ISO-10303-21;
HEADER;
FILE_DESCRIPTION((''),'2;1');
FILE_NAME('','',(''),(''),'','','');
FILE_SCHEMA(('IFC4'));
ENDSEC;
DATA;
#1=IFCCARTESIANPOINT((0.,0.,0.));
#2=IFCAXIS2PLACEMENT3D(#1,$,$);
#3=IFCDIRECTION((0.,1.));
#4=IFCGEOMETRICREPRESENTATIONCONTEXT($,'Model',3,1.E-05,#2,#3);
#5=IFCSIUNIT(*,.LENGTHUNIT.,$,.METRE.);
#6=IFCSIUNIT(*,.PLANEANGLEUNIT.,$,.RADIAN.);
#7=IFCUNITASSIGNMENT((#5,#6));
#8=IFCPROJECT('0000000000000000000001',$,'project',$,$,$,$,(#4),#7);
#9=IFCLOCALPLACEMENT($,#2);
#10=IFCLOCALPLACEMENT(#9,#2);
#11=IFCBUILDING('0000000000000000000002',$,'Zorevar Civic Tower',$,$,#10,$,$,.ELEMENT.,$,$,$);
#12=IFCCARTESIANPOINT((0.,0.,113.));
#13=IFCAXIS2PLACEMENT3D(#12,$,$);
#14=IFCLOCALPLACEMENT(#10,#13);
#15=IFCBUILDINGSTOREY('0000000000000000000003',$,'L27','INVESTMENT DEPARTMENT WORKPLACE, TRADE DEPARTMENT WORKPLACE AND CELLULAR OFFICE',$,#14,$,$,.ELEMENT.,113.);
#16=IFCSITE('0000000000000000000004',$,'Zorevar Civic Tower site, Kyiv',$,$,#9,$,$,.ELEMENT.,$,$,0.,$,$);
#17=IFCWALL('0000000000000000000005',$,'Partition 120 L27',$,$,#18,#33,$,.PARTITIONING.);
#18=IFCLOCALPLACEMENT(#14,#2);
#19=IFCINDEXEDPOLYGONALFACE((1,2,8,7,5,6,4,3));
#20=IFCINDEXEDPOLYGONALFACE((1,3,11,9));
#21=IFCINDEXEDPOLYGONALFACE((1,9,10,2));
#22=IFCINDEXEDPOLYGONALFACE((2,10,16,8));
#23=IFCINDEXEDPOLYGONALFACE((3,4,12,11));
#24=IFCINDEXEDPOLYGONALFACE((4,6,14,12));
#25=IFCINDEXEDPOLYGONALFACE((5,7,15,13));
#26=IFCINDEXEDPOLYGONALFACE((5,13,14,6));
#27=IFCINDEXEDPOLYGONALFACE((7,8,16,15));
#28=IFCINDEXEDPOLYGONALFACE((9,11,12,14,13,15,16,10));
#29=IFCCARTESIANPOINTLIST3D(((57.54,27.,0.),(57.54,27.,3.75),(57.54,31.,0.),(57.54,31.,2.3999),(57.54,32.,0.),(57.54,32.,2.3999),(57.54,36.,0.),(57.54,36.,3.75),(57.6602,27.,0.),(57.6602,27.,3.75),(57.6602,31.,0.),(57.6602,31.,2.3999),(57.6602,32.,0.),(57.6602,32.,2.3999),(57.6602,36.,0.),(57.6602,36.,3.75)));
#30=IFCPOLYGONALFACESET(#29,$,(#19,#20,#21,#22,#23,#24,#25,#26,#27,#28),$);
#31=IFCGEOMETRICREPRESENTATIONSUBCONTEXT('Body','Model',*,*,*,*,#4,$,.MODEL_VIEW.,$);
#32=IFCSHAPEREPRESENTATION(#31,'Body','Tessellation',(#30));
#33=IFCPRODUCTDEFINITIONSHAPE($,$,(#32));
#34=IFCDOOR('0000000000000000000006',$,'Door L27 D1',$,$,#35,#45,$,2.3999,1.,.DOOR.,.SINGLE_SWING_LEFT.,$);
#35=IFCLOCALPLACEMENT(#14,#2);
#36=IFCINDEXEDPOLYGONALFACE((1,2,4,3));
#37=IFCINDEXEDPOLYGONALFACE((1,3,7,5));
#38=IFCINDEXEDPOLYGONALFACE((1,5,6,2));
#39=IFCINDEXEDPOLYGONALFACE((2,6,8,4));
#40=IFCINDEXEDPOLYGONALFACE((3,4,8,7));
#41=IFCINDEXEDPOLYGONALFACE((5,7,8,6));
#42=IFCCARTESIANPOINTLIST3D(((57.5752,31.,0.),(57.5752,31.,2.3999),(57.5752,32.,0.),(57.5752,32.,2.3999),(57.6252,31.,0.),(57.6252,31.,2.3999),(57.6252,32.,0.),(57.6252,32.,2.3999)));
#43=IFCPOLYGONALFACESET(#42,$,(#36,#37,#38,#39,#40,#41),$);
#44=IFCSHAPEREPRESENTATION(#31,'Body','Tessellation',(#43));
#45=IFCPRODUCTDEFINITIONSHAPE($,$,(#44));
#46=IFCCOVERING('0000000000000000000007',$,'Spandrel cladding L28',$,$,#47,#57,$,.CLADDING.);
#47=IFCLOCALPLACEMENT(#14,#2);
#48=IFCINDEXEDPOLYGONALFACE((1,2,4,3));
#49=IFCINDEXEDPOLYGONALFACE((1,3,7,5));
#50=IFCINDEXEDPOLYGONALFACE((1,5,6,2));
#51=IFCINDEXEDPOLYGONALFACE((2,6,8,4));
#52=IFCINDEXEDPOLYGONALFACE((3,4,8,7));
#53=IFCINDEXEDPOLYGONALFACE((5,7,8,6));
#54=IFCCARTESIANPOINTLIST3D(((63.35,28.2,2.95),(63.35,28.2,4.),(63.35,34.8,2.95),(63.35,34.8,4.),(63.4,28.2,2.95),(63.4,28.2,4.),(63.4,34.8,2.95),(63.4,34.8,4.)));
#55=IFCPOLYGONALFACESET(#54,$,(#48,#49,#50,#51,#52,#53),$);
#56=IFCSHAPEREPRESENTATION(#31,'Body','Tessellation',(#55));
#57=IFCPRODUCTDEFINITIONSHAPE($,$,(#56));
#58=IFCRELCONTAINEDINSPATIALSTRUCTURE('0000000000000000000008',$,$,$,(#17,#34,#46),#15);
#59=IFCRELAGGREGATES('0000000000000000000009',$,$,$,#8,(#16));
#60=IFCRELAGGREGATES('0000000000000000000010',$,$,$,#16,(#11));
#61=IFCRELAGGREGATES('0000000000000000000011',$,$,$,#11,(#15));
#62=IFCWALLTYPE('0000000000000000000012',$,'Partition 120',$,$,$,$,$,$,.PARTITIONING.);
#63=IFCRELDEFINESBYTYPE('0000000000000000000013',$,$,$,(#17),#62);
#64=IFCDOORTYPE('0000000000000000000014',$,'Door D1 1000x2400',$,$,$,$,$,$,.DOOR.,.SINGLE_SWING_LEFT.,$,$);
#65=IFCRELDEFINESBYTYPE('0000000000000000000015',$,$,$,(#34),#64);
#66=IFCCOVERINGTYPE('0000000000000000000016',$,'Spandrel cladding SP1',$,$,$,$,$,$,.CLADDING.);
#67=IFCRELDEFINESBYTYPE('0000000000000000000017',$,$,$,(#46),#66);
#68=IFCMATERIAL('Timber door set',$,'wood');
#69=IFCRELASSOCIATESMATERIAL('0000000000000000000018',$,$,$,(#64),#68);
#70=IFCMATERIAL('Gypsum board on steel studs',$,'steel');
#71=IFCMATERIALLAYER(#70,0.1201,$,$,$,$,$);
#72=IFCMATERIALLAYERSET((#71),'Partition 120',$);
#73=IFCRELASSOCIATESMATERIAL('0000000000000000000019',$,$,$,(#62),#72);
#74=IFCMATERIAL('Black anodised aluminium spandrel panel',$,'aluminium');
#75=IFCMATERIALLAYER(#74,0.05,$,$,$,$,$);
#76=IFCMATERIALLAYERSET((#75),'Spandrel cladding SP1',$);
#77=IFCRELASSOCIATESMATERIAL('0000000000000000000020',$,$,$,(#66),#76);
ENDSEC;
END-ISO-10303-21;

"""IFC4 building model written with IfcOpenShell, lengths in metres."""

from ifc_helpers import new_model, si_unit, direction, frame, frame_2d, origin, place, context, subcontext, project, spatial, rectangle, extrude, material, layer, layer_set, type_object, element, fill, save


model = new_model("IFC4")

# Units and contexts
model_context = context("Model", 3, precision=1e-05, world=origin(), true_north=direction((0.0, 1.0)))
body_context = subcontext(model_context, "Body", "Model", "MODEL_VIEW")
ifc_project = project(units=[si_unit("LENGTHUNIT", "METRE"), si_unit("PLANEANGLEUNIT", "RADIAN")], contexts=[model_context])

# Site, building, storey
site_placement = place(None, origin())
site = spatial("IfcSite", under=ifc_project, at=site_placement, Name="Zorevar Civic Tower site, Kyiv", CompositionType="ELEMENT", RefElevation=0.0)
building_placement = place(site_placement, origin())
building = spatial("IfcBuilding", under=site, at=building_placement, Name="Zorevar Civic Tower", CompositionType="ELEMENT")
storey_placement = place(building_placement, frame((0.0, 0.0, 113.0)))
storey = spatial("IfcBuildingStorey", under=building, at=storey_placement, Name="L27", Description="INVESTMENT DEPARTMENT WORKPLACE, TRADE DEPARTMENT WORKPLACE AND CELLULAR OFFICE", CompositionType="ELEMENT", Elevation=113.0)

# Shared definitions
ifc_material_1 = material(Name="Timber door set", Category="wood")
door_type_1 = type_object("IfcDoorType", Name="Door D1 1000x2400", OperationType="SINGLE_SWING_LEFT", PredefinedType="DOOR", material=ifc_material_1)

# Shared definitions
ifc_material_2 = material(Name="Gypsum board on steel studs", Category="steel")
ifc_layer_1 = layer(ifc_material_2, 0.1201)
ifc_layer_set_1 = layer_set([ifc_layer_1], Name="Partition 120")
wall_type_1 = type_object("IfcWallType", Name="Partition 120", PredefinedType="PARTITIONING", material=ifc_layer_set_1)

# Wall, opening, door
wall_1_placement = place(storey_placement, frame((57.6001, 27.0, 0.0), z_axis=(0.0, 0.0, 1.0), x_axis=(0.0, 1.0, 0.0)))
wall_1 = element("IfcWall", 1, at=wall_1_placement, inside=storey, type_object=wall_type_1, Name="Partition 120 L27", PredefinedType="PARTITIONING", context=body_context, shape_type="SweptSolid", body=[
    extrude(rectangle(XDim=9.0, YDim=0.1201, at=frame_2d((4.5, 0.0))), origin(), (0.0, 0.0, 1.0), 3.75),
])
opening_1_placement = place(wall_1_placement, frame((4.0, 0.0, 0.0)))
opening_1 = element("IfcOpeningElement", 2, at=opening_1_placement, cuts=wall_1, PredefinedType="OPENING", context=body_context, shape_type="SweptSolid", body=[
    extrude(rectangle(XDim=1.0, YDim=2.3999, at=frame_2d((0.5, 1.2))), frame((0.0, 0.0701, 0.0), z_axis=(0.0, -1.0, 0.0), x_axis=(1.0, 0.0, 0.0)), (0.0, 0.0, 1.0), 0.1401),
])
door_1_placement = place(opening_1_placement, origin())
door_1 = element("IfcDoor", 3, at=door_1_placement, inside=storey, type_object=door_type_1, Name="Door L27 D1", OperationType="SINGLE_SWING_LEFT", OverallHeight=2.3999, OverallWidth=1.0, PredefinedType="DOOR", context=body_context, shape_type="SweptSolid", body=[
    extrude(rectangle(XDim=1.0, YDim=2.3999, at=frame_2d((0.5, 1.2))), frame((0.0, 0.0249, 0.0), z_axis=(0.0, -1.0, 0.0), x_axis=(1.0, 0.0, 0.0)), (0.0, 0.0, 1.0), 0.05),
])
fill(opening_1, door_1)

# Covering
ifc_material_3 = material(Name="Black anodised aluminium spandrel panel", Category="aluminium")
ifc_layer_2 = layer(ifc_material_3, 0.05)
ifc_layer_set_2 = layer_set([ifc_layer_2], Name="Spandrel cladding SP1")
covering_type = type_object("IfcCoveringType", Name="Spandrel cladding SP1", PredefinedType="CLADDING", material=ifc_layer_set_2)
covering_placement = place(storey_placement, frame((63.375, 28.2, 2.95), z_axis=(0.0, 0.0, 1.0), x_axis=(0.0, 1.0, 0.0)))
element("IfcCovering", 4, at=covering_placement, inside=storey, type_object=covering_type, Name="Spandrel cladding L28", PredefinedType="CLADDING", context=body_context, shape_type="SweptSolid", body=[
    extrude(rectangle(XDim=6.6001, YDim=0.05, at=frame_2d((3.3, 0.0))), origin(), (0.0, 0.0, 1.0), 1.05),
])

save(model, "model.ifc")
